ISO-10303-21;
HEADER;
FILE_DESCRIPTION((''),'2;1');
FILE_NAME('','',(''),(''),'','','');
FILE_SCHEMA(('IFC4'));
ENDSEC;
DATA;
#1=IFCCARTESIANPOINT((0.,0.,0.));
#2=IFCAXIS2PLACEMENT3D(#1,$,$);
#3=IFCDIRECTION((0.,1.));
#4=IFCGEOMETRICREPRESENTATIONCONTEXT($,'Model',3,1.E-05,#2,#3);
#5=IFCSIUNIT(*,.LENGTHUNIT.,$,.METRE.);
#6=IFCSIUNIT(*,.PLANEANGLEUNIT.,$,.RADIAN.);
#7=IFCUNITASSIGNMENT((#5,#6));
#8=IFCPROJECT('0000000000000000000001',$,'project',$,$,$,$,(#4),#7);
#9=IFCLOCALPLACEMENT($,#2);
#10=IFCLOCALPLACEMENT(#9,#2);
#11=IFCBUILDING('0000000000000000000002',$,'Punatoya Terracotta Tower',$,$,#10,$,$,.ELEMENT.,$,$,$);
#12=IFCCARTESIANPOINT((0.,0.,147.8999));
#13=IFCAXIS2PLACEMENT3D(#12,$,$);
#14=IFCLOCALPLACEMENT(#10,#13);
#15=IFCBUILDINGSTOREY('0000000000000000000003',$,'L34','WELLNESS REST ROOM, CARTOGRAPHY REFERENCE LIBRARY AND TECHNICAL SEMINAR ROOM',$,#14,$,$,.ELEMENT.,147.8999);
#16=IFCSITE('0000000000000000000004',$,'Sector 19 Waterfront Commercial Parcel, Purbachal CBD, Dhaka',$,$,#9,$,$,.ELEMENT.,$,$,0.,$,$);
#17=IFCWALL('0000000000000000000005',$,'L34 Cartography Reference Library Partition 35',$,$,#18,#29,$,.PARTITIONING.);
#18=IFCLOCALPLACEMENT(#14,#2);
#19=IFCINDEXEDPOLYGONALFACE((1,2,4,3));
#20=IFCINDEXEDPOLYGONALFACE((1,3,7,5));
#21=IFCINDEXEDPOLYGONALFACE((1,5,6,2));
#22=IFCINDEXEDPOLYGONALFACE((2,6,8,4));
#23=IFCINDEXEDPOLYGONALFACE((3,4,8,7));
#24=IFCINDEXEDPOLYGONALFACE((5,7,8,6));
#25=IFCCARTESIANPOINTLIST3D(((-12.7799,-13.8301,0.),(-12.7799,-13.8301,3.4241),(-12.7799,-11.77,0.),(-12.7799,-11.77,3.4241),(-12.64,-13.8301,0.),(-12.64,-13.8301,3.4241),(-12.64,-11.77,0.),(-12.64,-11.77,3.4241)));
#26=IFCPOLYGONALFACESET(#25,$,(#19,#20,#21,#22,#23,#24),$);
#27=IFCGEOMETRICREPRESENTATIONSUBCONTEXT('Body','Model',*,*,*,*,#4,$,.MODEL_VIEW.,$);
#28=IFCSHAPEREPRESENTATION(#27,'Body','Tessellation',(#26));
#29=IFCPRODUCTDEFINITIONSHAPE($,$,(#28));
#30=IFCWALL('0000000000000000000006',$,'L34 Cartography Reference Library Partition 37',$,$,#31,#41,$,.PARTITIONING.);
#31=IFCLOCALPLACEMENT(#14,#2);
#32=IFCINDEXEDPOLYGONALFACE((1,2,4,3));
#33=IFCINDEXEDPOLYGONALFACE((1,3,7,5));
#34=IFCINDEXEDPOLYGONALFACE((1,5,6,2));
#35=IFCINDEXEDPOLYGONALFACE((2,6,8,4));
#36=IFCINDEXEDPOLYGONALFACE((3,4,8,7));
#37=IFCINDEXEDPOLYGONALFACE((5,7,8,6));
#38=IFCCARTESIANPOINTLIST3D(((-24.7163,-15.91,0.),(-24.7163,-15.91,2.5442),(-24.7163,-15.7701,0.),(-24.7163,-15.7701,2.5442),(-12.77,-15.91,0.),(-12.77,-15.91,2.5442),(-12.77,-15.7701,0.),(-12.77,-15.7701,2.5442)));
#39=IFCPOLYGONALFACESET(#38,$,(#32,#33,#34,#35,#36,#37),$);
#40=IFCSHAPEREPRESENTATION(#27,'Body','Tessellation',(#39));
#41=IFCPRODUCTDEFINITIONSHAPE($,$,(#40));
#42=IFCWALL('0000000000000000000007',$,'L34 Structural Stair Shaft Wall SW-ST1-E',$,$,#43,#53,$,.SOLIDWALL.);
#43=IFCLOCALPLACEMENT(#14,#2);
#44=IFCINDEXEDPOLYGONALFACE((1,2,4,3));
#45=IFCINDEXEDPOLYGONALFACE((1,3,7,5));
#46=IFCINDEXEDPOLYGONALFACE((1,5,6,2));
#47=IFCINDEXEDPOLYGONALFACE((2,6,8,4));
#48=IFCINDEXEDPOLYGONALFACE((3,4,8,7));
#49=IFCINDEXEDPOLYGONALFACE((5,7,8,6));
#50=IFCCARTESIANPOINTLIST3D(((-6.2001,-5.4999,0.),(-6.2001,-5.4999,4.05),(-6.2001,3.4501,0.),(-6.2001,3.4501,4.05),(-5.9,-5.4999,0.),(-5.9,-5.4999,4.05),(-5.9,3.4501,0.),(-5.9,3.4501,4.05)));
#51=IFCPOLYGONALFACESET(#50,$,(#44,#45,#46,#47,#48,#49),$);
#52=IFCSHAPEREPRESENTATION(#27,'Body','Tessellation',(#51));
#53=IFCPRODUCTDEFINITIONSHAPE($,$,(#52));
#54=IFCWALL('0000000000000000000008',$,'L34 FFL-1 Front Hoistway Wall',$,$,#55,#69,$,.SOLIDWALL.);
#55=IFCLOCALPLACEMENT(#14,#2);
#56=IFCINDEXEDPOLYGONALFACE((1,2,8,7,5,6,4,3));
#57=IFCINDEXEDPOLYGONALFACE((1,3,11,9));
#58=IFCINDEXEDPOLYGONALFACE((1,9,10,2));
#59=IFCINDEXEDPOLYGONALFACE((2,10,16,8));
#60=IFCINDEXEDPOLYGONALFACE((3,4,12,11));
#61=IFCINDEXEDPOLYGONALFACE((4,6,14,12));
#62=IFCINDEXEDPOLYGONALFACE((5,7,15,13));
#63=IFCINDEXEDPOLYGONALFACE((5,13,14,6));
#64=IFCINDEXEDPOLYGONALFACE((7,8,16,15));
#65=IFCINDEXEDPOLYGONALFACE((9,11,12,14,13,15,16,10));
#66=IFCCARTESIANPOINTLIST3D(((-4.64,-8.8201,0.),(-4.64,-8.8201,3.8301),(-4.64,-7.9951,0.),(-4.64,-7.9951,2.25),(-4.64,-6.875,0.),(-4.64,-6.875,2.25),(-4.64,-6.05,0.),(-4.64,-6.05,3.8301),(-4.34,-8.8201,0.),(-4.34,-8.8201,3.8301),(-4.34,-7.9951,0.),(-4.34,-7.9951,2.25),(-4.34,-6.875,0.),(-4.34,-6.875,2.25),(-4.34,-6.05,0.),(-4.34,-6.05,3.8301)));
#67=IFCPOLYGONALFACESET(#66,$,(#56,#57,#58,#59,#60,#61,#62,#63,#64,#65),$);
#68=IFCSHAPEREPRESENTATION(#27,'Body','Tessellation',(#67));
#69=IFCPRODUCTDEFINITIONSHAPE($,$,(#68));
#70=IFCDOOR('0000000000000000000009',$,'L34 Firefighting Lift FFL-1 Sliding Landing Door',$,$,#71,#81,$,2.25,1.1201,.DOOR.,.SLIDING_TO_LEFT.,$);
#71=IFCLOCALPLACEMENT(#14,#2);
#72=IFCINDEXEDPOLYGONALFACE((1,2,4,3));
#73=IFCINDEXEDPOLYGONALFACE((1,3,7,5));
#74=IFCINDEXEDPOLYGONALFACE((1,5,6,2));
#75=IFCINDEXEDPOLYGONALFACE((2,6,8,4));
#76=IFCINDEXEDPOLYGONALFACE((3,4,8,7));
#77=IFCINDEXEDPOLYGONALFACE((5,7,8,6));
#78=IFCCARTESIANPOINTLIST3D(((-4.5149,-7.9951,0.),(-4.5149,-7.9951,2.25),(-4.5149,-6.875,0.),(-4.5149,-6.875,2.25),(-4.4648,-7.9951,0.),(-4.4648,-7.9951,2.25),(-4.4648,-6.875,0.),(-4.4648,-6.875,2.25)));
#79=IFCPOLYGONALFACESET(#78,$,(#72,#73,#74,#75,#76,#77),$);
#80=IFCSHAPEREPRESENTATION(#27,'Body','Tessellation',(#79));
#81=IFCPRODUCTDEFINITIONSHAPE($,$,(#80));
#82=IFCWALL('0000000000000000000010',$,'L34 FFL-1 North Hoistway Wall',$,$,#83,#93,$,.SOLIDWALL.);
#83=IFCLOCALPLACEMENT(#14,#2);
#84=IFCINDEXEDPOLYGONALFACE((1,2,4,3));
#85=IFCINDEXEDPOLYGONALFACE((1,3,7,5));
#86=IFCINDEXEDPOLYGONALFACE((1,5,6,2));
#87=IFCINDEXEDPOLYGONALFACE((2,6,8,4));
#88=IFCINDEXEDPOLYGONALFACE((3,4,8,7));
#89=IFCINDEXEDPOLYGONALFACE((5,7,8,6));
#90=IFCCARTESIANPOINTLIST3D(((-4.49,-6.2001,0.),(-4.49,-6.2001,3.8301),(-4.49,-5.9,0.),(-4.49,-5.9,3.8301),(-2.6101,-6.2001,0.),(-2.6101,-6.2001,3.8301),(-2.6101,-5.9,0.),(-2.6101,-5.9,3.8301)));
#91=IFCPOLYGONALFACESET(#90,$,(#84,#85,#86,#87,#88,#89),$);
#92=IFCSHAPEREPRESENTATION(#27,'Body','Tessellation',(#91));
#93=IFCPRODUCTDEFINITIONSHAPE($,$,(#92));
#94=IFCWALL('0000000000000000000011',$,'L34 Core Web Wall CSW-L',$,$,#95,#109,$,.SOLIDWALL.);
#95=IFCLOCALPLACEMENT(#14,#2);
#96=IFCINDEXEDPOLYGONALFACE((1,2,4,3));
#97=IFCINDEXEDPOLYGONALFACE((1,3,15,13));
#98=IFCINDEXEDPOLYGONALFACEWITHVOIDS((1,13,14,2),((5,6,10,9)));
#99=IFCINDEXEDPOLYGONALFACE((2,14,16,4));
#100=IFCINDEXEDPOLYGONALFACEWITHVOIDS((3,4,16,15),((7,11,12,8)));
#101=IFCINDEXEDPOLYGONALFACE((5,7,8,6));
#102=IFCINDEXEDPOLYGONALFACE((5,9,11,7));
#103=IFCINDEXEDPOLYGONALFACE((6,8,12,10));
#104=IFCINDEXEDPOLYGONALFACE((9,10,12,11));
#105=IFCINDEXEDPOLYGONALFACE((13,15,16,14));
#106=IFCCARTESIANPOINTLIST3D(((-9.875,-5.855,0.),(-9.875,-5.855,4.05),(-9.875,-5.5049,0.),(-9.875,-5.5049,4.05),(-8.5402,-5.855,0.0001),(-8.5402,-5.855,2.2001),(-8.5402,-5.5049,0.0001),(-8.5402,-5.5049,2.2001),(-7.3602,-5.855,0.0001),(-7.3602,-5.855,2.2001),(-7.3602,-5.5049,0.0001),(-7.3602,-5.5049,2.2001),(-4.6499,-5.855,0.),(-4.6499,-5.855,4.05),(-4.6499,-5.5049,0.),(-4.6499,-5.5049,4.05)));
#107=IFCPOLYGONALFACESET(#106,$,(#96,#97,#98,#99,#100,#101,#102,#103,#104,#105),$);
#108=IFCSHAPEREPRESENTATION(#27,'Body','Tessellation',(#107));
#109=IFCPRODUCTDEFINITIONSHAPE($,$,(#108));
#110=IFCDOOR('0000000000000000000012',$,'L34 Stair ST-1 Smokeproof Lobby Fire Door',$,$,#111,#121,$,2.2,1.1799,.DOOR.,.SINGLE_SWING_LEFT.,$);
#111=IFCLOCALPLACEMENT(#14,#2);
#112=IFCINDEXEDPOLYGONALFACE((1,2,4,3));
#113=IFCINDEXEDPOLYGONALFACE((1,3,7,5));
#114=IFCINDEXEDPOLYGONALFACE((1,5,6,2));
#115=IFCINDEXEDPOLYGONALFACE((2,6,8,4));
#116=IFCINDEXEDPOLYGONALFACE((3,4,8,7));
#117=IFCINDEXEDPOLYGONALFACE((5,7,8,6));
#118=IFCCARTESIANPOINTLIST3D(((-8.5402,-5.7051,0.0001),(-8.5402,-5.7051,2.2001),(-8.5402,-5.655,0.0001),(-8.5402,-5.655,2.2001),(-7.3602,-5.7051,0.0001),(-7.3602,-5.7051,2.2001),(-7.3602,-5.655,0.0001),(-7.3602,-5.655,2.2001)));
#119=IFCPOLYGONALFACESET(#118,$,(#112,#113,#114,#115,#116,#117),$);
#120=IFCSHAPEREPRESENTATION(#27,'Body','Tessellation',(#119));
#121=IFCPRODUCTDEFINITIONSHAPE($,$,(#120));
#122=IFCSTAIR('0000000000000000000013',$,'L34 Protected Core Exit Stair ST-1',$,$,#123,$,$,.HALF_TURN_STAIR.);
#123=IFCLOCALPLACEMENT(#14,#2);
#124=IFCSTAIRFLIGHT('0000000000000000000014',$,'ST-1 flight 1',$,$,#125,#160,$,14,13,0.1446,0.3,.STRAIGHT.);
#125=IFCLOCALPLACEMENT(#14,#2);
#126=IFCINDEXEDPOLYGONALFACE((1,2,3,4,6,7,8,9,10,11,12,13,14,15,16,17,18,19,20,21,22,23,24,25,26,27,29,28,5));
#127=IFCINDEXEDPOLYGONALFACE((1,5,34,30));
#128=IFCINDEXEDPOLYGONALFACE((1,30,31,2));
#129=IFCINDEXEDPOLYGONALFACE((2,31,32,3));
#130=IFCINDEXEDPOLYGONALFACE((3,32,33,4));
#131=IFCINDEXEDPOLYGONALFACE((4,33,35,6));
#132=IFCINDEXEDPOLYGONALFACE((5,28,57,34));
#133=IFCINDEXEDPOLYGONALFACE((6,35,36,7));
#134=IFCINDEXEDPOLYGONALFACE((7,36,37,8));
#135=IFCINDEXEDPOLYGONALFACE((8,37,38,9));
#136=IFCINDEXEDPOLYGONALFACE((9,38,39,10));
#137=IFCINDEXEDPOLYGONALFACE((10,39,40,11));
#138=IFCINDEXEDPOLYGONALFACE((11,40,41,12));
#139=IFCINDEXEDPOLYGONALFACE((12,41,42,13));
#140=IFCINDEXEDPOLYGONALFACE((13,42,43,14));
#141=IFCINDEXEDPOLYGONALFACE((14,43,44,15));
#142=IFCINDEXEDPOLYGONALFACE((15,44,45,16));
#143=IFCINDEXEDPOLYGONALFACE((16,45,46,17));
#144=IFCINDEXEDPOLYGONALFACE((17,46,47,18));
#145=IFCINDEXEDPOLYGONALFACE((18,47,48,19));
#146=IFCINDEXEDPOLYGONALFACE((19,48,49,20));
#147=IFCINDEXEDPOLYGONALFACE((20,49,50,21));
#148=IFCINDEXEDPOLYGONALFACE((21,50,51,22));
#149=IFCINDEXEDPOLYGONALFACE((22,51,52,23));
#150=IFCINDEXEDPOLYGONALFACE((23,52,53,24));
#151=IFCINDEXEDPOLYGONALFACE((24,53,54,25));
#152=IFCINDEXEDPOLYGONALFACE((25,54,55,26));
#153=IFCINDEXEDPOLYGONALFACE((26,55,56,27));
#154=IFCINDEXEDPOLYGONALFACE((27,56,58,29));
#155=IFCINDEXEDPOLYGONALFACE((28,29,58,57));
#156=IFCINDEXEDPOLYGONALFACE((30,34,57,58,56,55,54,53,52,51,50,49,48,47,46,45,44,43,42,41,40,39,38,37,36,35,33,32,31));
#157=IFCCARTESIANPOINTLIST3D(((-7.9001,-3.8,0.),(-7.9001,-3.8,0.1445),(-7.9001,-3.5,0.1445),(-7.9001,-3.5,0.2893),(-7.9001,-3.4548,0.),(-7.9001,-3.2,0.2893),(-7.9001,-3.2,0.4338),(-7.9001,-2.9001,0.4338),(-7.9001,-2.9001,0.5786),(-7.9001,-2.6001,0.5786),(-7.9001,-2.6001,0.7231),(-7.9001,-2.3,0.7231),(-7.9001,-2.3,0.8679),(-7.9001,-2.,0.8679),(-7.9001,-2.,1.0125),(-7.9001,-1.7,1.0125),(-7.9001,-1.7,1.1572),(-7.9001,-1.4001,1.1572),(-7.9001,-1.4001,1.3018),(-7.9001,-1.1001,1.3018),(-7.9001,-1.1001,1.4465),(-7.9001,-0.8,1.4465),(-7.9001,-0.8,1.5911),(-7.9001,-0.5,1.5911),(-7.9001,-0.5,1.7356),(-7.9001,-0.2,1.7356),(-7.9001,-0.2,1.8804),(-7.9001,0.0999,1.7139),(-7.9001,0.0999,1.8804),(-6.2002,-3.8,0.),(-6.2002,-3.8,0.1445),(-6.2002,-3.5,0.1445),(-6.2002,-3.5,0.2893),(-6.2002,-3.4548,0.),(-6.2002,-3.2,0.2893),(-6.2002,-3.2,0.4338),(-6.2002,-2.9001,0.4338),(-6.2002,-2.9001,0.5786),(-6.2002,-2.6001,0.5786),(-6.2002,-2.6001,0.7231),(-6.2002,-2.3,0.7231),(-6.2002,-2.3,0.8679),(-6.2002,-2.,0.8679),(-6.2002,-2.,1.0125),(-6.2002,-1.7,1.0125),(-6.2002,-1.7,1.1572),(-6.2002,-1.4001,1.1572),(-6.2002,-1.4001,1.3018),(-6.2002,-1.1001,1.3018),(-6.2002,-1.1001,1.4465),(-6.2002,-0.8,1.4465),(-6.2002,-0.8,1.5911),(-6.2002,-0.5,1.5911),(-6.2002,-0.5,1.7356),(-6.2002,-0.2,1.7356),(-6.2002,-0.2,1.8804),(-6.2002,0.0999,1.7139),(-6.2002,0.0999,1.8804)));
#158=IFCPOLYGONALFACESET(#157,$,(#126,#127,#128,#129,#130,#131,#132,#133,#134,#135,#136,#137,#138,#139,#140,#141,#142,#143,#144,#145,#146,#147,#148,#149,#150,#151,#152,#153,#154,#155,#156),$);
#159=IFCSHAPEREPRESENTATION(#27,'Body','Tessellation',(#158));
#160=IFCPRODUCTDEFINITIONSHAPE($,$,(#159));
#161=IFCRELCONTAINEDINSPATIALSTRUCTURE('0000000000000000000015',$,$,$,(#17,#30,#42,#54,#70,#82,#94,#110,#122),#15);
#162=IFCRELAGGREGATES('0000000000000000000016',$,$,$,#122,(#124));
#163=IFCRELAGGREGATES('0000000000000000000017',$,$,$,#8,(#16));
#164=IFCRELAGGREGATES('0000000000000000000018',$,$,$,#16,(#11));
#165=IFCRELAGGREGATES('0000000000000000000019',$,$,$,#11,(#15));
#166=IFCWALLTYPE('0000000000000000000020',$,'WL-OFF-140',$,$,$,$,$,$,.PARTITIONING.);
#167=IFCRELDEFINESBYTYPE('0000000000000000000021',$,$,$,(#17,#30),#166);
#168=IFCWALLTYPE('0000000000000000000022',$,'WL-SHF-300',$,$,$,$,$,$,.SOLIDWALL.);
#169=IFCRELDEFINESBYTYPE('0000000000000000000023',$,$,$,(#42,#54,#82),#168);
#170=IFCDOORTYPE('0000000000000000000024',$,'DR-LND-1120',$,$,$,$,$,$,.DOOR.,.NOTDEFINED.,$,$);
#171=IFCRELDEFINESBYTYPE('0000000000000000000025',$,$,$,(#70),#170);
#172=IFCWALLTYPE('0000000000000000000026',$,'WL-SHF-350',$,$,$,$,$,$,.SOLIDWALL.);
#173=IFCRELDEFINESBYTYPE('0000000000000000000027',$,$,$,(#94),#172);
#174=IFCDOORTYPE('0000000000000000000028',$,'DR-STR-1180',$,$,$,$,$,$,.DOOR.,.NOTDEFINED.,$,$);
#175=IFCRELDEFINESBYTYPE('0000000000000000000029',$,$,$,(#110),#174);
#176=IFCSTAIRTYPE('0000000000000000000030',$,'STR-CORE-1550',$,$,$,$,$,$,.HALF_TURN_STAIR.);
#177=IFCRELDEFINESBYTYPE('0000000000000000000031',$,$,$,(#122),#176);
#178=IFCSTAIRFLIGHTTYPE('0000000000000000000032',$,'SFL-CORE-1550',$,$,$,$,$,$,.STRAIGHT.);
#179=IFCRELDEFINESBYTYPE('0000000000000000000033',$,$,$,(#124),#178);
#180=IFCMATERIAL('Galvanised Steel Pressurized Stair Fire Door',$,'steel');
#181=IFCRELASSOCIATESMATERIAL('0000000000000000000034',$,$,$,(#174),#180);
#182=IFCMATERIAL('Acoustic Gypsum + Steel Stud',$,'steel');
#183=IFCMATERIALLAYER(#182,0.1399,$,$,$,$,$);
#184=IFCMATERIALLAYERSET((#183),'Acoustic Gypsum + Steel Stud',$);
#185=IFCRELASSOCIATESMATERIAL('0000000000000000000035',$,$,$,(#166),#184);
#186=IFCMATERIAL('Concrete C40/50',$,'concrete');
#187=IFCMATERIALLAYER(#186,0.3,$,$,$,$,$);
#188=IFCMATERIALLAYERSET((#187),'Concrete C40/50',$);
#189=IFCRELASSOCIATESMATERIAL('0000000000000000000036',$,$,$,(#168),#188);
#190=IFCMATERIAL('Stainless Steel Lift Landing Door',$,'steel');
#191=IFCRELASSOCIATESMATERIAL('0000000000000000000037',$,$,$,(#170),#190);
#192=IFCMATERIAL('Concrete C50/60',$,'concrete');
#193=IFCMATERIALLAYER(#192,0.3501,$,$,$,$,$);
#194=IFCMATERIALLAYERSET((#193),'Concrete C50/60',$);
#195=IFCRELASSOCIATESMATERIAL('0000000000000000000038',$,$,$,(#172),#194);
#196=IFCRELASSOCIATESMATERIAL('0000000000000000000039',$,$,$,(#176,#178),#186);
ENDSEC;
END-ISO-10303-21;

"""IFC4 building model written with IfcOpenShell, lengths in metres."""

from ifc_helpers import new_model, si_unit, direction, frame, frame_2d, origin, place, context, subcontext, project, spatial, polyline, rectangle, outline, extrude, material, layer, layer_set, type_object, element, fill, aggregate, save


model = new_model("IFC4")

# Units and contexts
model_context = context("Model", 3, precision=1e-05, world=origin(), true_north=direction((0.0, 1.0)))
body_context = subcontext(model_context, "Body", "Model", "MODEL_VIEW")
ifc_project = project(units=[si_unit("LENGTHUNIT", "METRE"), si_unit("PLANEANGLEUNIT", "RADIAN")], contexts=[model_context])

# Site, building, storey
site_placement = place(None, origin())
site = spatial("IfcSite", under=ifc_project, at=site_placement, Name="Sector 19 Waterfront Commercial Parcel, Purbachal CBD, Dhaka", CompositionType="ELEMENT", RefElevation=0.0)
building_placement = place(site_placement, origin())
building = spatial("IfcBuilding", under=site, at=building_placement, Name="Punatoya Terracotta Tower", CompositionType="ELEMENT")
storey_placement = place(building_placement, frame((0.0, 0.0, 147.8999)))
storey = spatial("IfcBuildingStorey", under=building, at=storey_placement, Name="L34", Description="WELLNESS REST ROOM, CARTOGRAPHY REFERENCE LIBRARY AND TECHNICAL SEMINAR ROOM", CompositionType="ELEMENT", Elevation=147.8999)

# Shared definitions
ifc_material_1 = material(Name="Galvanised Steel Pressurized Stair Fire Door", Category="steel")
door_type_1 = type_object("IfcDoorType", Name="DR-STR-1180", OperationType="NOTDEFINED", PredefinedType="DOOR", material=ifc_material_1)

# Walls
ifc_material_2 = material(Name="Concrete C40/50", Category="concrete")
ifc_material_3 = material(Name="Acoustic Gypsum + Steel Stud", Category="steel")
ifc_layer_1 = layer(ifc_material_3, 0.1399)
ifc_layer_set_1 = layer_set([ifc_layer_1], Name="Acoustic Gypsum + Steel Stud")
wall_type_1 = type_object("IfcWallType", Name="WL-OFF-140", PredefinedType="PARTITIONING", material=ifc_layer_set_1)
wall_1_placement = place(storey_placement, frame((-12.71, -11.77, 0.0), z_axis=(0.0, 0.0, 1.0), x_axis=(0.0, -1.0, 0.0)))
element("IfcWall", 1, at=wall_1_placement, inside=storey, type_object=wall_type_1, Name="L34 Cartography Reference Library Partition 35", PredefinedType="PARTITIONING", context=body_context, shape_type="SweptSolid", body=[
    extrude(rectangle(XDim=2.0601, YDim=0.1399, at=frame_2d((1.03, 0.0))), origin(), (0.0, 0.0, 1.0), 3.4241),
])
wall_2_placement = place(storey_placement, frame((-12.77, -15.8401, 0.0), z_axis=(0.0, 0.0, 1.0), x_axis=(-1.0, 0.0, 0.0)))
element("IfcWall", 2, at=wall_2_placement, inside=storey, type_object=wall_type_1, Name="L34 Cartography Reference Library Partition 37", PredefinedType="PARTITIONING", context=body_context, shape_type="SweptSolid", body=[
    extrude(rectangle(XDim=11.9463, YDim=0.1399, at=frame_2d((5.9731, 0.0))), origin(), (0.0, 0.0, 1.0), 2.5442),
])
ifc_layer_2 = layer(ifc_material_2, 0.3)
ifc_layer_set_2 = layer_set([ifc_layer_2], Name="Concrete C40/50")
wall_type_2 = type_object("IfcWallType", Name="WL-SHF-300", PredefinedType="SOLIDWALL", material=ifc_layer_set_2)
wall_3_placement = place(storey_placement, frame((-6.05, -5.5, 0.0), z_axis=(0.0, 0.0, 1.0), x_axis=(0.0, 1.0, 0.0)))
element("IfcWall", 3, at=wall_3_placement, inside=storey, type_object=wall_type_2, Name="L34 Structural Stair Shaft Wall SW-ST1-E", PredefinedType="SOLIDWALL", context=body_context, shape_type="SweptSolid", body=[
    extrude(rectangle(XDim=8.95, YDim=0.3, at=frame_2d((4.4751, 0.0))), origin(), (0.0, 0.0, 1.0), 4.05),
])

# Wall, opening, door
wall_4_placement = place(storey_placement, frame((-4.49, -8.8201, 0.0), z_axis=(0.0, 0.0, 1.0), x_axis=(0.0, 1.0, 0.0)))
wall_4 = element("IfcWall", 4, at=wall_4_placement, inside=storey, type_object=wall_type_2, Name="L34 FFL-1 Front Hoistway Wall", PredefinedType="SOLIDWALL", context=body_context, shape_type="SweptSolid", body=[
    extrude(rectangle(XDim=2.77, YDim=0.3, at=frame_2d((1.385, 0.0))), origin(), (0.0, 0.0, 1.0), 3.8301),
])
opening_1_placement = place(wall_4_placement, frame((0.825, 0.0, 0.0)))
opening_1 = element("IfcOpeningElement", 5, at=opening_1_placement, cuts=wall_4, PredefinedType="OPENING", context=body_context, shape_type="SweptSolid", body=[
    extrude(rectangle(XDim=1.1201, YDim=2.25, at=frame_2d((0.5601, 1.125))), frame((0.0, 0.1599, 0.0), z_axis=(0.0, -1.0, 0.0), x_axis=(1.0, 0.0, 0.0)), (0.0, 0.0, 1.0), 0.3201),
])
ifc_material_4 = material(Name="Stainless Steel Lift Landing Door", Category="steel")
door_type_2 = type_object("IfcDoorType", Name="DR-LND-1120", OperationType="NOTDEFINED", PredefinedType="DOOR", material=ifc_material_4)
door_1_placement = place(opening_1_placement, origin())
door_1 = element("IfcDoor", 6, at=door_1_placement, inside=storey, type_object=door_type_2, Name="L34 Firefighting Lift FFL-1 Sliding Landing Door", OperationType="SLIDING_TO_LEFT", OverallHeight=2.25, OverallWidth=1.1201, PredefinedType="DOOR", context=body_context, shape_type="SweptSolid", body=[
    extrude(rectangle(XDim=1.1201, YDim=2.25, at=frame_2d((0.5601, 1.125))), frame((0.0, 0.0249, 0.0), z_axis=(0.0, -1.0, 0.0), x_axis=(1.0, 0.0, 0.0)), (0.0, 0.0, 1.0), 0.05),
])
fill(opening_1, door_1)

# Wall
wall_5_placement = place(storey_placement, frame((-4.49, -6.05, 0.0), z_axis=(0.0, 0.0, 1.0), x_axis=(1.0, 0.0, 0.0)))
element("IfcWall", 7, at=wall_5_placement, inside=storey, type_object=wall_type_2, Name="L34 FFL-1 North Hoistway Wall", PredefinedType="SOLIDWALL", context=body_context, shape_type="SweptSolid", body=[
    extrude(rectangle(XDim=1.8799, YDim=0.3, at=frame_2d((0.9399, 0.0))), origin(), (0.0, 0.0, 1.0), 3.8301),
])

# Wall, opening, door
ifc_material_5 = material(Name="Concrete C50/60", Category="concrete")
ifc_layer_3 = layer(ifc_material_5, 0.3501)
ifc_layer_set_3 = layer_set([ifc_layer_3], Name="Concrete C50/60")
wall_type_3 = type_object("IfcWallType", Name="WL-SHF-350", PredefinedType="SOLIDWALL", material=ifc_layer_set_3)
wall_6_placement = place(storey_placement, frame((-9.875, -5.6799, 0.0), z_axis=(0.0, 0.0, 1.0), x_axis=(1.0, 0.0, 0.0)))
wall_6 = element("IfcWall", 8, at=wall_6_placement, inside=storey, type_object=wall_type_3, Name="L34 Core Web Wall CSW-L", PredefinedType="SOLIDWALL", context=body_context, shape_type="SweptSolid", body=[
    extrude(rectangle(XDim=5.2251, YDim=0.3501, at=frame_2d((2.6125, 0.0))), origin(), (0.0, 0.0, 1.0), 4.05),
])
opening_2_placement = place(wall_6_placement, frame((1.335, 0.0, 0.0)))
opening_2 = element("IfcOpeningElement", 9, at=opening_2_placement, cuts=wall_6, PredefinedType="OPENING", context=body_context, shape_type="SweptSolid", body=[
    extrude(rectangle(XDim=1.1799, YDim=2.2, at=frame_2d((0.5898, 1.1001))), frame((0.0, 0.1851, 0.0), z_axis=(0.0, -1.0, 0.0), x_axis=(1.0, 0.0, 0.0)), (0.0, 0.0, 1.0), 0.3701),
])
door_2_placement = place(opening_2_placement, origin())
door_2 = element("IfcDoor", 10, at=door_2_placement, inside=storey, type_object=door_type_1, Name="L34 Stair ST-1 Smokeproof Lobby Fire Door", OperationType="SINGLE_SWING_LEFT", OverallHeight=2.2, OverallWidth=1.1799, PredefinedType="DOOR", context=body_context, shape_type="SweptSolid", body=[
    extrude(rectangle(XDim=1.1799, YDim=2.2, at=frame_2d((0.5898, 1.1001))), frame((0.0, 0.0249, 0.0), z_axis=(0.0, -1.0, 0.0), x_axis=(1.0, 0.0, 0.0)), (0.0, 0.0, 1.0), 0.05),
])
fill(opening_2, door_2)

# Stair, stair flight
stair_type = type_object("IfcStairType", Name="STR-CORE-1550", PredefinedType="HALF_TURN_STAIR", material=ifc_material_2)
stair_placement = place(storey_placement, origin())
stair = element("IfcStair", 11, at=stair_placement, inside=storey, type_object=stair_type, Name="L34 Protected Core Exit Stair ST-1", PredefinedType="HALF_TURN_STAIR")
stair_flight_type = type_object("IfcStairFlightType", Name="SFL-CORE-1550", PredefinedType="STRAIGHT", material=ifc_material_2)
stair_flight_placement = place(storey_placement, frame((-7.05, -3.8, 0.0), z_axis=(0.0, 0.0, 1.0), x_axis=(0.0, 1.0, 0.0)))
stair_flight = element("IfcStairFlight", 12, at=stair_flight_placement, type_object=stair_flight_type, Name="ST-1 flight 1", NumberOfRisers=14, NumberOfTreads=13, PredefinedType="STRAIGHT", RiserHeight=0.1446, TreadLength=0.3, context=body_context, shape_type="SweptSolid", body=[
    extrude(outline(polyline([(0.0, 0.0), (0.0, 0.1445), (0.3, 0.1445), (0.3, 0.2893), (0.6001, 0.2893), (0.6001, 0.4338), (0.8999, 0.4338), (0.8999, 0.5786), (1.2, 0.5786), (1.2, 0.7231), (1.5, 0.7231), (1.5, 0.8679), (1.8, 0.8679), (1.8, 1.0125), (2.1001, 1.0125), (2.1001, 1.1572), (2.3999, 1.1572), (2.3999, 1.3018), (2.7, 1.3018), (2.7, 1.4465), (3.0, 1.4465), (3.0, 1.5911), (3.3, 1.5911), (3.3, 1.7356), (3.6001, 1.7356), (3.6001, 1.8804), (3.8999, 1.8804), (3.8999, 2.0249), (3.8999, 1.7139), (0.3452, 0.0), (0.0, 0.0)])), frame((0.0, 0.8501, 0.0), z_axis=(0.0, -1.0, 0.0), x_axis=(1.0, 0.0, 0.0)), (0.0, 0.0, 1.0), 1.7),
])
aggregate(stair, [stair_flight])

save(model, "model.ifc")
